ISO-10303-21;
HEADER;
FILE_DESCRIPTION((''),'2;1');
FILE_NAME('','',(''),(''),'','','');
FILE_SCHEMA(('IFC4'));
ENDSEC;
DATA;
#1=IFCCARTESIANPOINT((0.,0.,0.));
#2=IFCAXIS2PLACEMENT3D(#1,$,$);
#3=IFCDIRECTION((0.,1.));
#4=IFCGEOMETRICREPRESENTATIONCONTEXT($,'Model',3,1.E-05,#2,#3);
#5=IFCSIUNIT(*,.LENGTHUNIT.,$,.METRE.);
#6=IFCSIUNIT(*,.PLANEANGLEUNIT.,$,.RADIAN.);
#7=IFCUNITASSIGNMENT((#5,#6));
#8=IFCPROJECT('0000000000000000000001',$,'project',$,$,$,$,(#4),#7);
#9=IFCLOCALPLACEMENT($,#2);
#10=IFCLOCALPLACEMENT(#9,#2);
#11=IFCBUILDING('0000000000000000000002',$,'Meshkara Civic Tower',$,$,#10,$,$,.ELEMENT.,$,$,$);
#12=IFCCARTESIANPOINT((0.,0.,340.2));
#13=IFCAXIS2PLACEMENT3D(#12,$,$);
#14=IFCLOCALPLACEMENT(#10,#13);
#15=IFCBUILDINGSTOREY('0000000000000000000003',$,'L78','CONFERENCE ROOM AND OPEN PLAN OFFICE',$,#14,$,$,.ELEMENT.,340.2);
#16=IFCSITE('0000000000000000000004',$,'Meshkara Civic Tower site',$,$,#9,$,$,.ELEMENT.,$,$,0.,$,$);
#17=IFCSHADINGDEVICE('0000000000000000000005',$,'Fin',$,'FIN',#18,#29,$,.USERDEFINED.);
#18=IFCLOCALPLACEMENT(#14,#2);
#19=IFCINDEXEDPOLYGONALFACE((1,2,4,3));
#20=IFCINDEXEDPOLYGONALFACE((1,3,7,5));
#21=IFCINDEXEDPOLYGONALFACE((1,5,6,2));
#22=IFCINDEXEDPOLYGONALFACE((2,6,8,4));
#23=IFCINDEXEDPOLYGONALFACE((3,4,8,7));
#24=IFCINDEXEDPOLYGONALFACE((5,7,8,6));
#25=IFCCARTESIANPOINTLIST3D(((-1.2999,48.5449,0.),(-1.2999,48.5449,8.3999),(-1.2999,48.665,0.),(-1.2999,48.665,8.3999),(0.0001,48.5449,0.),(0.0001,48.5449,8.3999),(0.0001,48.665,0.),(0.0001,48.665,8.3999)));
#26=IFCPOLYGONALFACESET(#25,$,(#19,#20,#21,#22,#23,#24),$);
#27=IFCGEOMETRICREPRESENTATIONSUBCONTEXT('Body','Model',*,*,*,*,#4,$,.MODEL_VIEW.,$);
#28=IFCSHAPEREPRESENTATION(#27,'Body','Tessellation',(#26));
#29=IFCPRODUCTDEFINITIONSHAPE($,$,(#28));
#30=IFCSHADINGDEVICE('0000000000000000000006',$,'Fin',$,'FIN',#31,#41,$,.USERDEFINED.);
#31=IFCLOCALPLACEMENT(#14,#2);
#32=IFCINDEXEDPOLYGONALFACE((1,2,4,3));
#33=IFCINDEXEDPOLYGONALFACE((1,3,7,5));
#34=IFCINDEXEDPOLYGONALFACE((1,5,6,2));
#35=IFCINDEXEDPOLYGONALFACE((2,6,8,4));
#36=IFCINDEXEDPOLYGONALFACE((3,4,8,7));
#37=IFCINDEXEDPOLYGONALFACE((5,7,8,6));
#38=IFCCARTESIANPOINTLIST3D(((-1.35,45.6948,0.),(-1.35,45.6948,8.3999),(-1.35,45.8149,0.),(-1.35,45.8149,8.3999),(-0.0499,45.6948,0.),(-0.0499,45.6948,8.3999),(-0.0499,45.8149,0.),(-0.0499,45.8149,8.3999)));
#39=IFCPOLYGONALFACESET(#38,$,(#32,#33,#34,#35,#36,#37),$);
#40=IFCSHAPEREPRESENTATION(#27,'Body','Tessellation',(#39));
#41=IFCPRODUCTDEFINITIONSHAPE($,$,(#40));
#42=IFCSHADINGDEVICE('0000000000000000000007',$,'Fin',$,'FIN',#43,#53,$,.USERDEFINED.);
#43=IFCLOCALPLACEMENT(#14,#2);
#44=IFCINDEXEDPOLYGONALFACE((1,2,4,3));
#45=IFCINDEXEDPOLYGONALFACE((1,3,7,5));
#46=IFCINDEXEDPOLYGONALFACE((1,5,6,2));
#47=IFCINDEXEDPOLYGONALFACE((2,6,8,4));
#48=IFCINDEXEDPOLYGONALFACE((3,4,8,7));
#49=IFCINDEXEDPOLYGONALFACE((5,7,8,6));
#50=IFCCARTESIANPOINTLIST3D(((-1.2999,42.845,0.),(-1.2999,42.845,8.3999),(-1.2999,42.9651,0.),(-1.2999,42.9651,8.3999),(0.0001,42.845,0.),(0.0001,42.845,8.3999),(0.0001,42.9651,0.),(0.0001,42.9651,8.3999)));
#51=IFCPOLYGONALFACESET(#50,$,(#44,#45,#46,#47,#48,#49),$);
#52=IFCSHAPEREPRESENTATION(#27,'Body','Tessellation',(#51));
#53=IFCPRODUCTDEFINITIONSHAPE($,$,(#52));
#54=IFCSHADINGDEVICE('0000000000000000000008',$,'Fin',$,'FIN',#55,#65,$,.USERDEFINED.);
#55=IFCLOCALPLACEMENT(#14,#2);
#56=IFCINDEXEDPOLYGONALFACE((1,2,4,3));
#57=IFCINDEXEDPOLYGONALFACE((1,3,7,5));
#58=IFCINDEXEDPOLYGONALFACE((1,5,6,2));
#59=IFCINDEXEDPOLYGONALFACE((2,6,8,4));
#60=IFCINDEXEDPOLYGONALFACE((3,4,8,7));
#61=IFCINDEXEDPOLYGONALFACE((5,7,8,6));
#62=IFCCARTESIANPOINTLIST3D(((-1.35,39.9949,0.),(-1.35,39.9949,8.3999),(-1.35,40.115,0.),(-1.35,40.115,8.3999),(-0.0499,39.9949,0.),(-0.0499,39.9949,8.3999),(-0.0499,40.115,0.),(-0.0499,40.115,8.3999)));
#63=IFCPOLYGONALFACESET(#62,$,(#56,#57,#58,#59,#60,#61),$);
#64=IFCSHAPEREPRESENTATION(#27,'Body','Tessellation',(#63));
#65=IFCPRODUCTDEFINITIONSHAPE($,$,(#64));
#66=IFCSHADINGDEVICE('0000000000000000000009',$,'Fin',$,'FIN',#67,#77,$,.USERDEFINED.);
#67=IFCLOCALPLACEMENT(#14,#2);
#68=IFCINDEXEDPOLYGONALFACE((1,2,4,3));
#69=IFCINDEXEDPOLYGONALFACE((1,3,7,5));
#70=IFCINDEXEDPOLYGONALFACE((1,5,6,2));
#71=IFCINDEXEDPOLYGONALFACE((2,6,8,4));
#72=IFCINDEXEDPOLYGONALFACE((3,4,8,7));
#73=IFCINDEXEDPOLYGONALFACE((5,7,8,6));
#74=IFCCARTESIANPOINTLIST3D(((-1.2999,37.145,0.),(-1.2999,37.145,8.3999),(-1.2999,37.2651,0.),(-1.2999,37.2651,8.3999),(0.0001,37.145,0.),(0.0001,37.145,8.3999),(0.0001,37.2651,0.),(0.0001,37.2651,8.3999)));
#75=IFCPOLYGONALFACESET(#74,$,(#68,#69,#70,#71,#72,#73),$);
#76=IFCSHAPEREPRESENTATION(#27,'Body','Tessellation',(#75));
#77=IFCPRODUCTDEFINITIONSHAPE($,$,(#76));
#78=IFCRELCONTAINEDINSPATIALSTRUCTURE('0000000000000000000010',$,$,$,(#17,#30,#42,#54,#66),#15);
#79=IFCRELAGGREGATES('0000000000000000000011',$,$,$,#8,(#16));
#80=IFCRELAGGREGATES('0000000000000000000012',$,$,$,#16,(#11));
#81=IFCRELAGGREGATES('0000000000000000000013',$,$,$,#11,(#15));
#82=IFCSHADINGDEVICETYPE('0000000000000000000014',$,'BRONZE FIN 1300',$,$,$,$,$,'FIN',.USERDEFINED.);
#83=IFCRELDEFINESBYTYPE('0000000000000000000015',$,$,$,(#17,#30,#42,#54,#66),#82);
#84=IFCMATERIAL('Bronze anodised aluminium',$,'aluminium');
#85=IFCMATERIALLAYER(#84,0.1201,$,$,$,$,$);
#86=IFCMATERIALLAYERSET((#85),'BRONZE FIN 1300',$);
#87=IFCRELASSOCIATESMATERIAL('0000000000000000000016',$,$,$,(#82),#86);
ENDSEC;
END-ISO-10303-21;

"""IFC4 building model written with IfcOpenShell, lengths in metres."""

from ifc_helpers import new_model, si_unit, direction, frame, origin, origin_2d, place, context, subcontext, project, spatial, rectangle, extrude, material, layer, layer_set, type_object, element, save


model = new_model("IFC4")

# Units and contexts
model_context = context("Model", 3, precision=1e-05, world=origin(), true_north=direction((0.0, 1.0)))
body_context = subcontext(model_context, "Body", "Model", "MODEL_VIEW")
ifc_project = project(units=[si_unit("LENGTHUNIT", "METRE"), si_unit("PLANEANGLEUNIT", "RADIAN")], contexts=[model_context])

# Site, building, storey
site_placement = place(None, origin())
site = spatial("IfcSite", under=ifc_project, at=site_placement, Name="Meshkara Civic Tower site", CompositionType="ELEMENT", RefElevation=0.0)
building_placement = place(site_placement, origin())
building = spatial("IfcBuilding", under=site, at=building_placement, Name="Meshkara Civic Tower", CompositionType="ELEMENT")
storey_placement = place(building_placement, frame((0.0, 0.0, 340.2)))
storey = spatial("IfcBuildingStorey", under=building, at=storey_placement, Name="L78", Description="CONFERENCE ROOM AND OPEN PLAN OFFICE", CompositionType="ELEMENT", Elevation=340.2)

# Shading devices
ifc_material_1 = material(Name="Bronze anodised aluminium", Category="aluminium")
ifc_layer_1 = layer(ifc_material_1, 0.1201)
ifc_layer_set_1 = layer_set([ifc_layer_1], Name="BRONZE FIN 1300")
shading_device_type = type_object("IfcShadingDeviceType", Name="BRONZE FIN 1300", ElementType="FIN", PredefinedType="USERDEFINED", material=ifc_layer_set_1)
for number, where, z_axis, x_axis, name in (
    (1, (-0.6499, 48.605, 0.0), (0.0, 0.0, 1.0), (0.0, -1.0, 0.0), "Fin"),
    (2, (-0.7, 45.7549, 0.0), (0.0, 0.0, 1.0), (0.0, -1.0, 0.0), "Fin"),
    (3, (-0.6499, 42.905, 0.0), (0.0, 0.0, 1.0), (0.0, -1.0, 0.0), "Fin"),
    (4, (-0.7, 40.0549, 0.0), (0.0, 0.0, 1.0), (0.0, -1.0, 0.0), "Fin"),
    (5, (-0.6499, 37.2051, 0.0), (0.0, 0.0, 1.0), (0.0, -1.0, 0.0), "Fin"),
):
    element("IfcShadingDevice", number, at=place(storey_placement, frame(where, z_axis=z_axis, x_axis=x_axis)), inside=storey, type_object=shading_device_type, Name=name, ObjectType="FIN", PredefinedType="USERDEFINED", context=body_context, shape_type="SweptSolid", body=[
        extrude(rectangle(XDim=0.1201, YDim=1.3, at=origin_2d()), origin(), (0.0, 0.0, 1.0), 8.3999),
    ])

save(model, "model.ifc")
